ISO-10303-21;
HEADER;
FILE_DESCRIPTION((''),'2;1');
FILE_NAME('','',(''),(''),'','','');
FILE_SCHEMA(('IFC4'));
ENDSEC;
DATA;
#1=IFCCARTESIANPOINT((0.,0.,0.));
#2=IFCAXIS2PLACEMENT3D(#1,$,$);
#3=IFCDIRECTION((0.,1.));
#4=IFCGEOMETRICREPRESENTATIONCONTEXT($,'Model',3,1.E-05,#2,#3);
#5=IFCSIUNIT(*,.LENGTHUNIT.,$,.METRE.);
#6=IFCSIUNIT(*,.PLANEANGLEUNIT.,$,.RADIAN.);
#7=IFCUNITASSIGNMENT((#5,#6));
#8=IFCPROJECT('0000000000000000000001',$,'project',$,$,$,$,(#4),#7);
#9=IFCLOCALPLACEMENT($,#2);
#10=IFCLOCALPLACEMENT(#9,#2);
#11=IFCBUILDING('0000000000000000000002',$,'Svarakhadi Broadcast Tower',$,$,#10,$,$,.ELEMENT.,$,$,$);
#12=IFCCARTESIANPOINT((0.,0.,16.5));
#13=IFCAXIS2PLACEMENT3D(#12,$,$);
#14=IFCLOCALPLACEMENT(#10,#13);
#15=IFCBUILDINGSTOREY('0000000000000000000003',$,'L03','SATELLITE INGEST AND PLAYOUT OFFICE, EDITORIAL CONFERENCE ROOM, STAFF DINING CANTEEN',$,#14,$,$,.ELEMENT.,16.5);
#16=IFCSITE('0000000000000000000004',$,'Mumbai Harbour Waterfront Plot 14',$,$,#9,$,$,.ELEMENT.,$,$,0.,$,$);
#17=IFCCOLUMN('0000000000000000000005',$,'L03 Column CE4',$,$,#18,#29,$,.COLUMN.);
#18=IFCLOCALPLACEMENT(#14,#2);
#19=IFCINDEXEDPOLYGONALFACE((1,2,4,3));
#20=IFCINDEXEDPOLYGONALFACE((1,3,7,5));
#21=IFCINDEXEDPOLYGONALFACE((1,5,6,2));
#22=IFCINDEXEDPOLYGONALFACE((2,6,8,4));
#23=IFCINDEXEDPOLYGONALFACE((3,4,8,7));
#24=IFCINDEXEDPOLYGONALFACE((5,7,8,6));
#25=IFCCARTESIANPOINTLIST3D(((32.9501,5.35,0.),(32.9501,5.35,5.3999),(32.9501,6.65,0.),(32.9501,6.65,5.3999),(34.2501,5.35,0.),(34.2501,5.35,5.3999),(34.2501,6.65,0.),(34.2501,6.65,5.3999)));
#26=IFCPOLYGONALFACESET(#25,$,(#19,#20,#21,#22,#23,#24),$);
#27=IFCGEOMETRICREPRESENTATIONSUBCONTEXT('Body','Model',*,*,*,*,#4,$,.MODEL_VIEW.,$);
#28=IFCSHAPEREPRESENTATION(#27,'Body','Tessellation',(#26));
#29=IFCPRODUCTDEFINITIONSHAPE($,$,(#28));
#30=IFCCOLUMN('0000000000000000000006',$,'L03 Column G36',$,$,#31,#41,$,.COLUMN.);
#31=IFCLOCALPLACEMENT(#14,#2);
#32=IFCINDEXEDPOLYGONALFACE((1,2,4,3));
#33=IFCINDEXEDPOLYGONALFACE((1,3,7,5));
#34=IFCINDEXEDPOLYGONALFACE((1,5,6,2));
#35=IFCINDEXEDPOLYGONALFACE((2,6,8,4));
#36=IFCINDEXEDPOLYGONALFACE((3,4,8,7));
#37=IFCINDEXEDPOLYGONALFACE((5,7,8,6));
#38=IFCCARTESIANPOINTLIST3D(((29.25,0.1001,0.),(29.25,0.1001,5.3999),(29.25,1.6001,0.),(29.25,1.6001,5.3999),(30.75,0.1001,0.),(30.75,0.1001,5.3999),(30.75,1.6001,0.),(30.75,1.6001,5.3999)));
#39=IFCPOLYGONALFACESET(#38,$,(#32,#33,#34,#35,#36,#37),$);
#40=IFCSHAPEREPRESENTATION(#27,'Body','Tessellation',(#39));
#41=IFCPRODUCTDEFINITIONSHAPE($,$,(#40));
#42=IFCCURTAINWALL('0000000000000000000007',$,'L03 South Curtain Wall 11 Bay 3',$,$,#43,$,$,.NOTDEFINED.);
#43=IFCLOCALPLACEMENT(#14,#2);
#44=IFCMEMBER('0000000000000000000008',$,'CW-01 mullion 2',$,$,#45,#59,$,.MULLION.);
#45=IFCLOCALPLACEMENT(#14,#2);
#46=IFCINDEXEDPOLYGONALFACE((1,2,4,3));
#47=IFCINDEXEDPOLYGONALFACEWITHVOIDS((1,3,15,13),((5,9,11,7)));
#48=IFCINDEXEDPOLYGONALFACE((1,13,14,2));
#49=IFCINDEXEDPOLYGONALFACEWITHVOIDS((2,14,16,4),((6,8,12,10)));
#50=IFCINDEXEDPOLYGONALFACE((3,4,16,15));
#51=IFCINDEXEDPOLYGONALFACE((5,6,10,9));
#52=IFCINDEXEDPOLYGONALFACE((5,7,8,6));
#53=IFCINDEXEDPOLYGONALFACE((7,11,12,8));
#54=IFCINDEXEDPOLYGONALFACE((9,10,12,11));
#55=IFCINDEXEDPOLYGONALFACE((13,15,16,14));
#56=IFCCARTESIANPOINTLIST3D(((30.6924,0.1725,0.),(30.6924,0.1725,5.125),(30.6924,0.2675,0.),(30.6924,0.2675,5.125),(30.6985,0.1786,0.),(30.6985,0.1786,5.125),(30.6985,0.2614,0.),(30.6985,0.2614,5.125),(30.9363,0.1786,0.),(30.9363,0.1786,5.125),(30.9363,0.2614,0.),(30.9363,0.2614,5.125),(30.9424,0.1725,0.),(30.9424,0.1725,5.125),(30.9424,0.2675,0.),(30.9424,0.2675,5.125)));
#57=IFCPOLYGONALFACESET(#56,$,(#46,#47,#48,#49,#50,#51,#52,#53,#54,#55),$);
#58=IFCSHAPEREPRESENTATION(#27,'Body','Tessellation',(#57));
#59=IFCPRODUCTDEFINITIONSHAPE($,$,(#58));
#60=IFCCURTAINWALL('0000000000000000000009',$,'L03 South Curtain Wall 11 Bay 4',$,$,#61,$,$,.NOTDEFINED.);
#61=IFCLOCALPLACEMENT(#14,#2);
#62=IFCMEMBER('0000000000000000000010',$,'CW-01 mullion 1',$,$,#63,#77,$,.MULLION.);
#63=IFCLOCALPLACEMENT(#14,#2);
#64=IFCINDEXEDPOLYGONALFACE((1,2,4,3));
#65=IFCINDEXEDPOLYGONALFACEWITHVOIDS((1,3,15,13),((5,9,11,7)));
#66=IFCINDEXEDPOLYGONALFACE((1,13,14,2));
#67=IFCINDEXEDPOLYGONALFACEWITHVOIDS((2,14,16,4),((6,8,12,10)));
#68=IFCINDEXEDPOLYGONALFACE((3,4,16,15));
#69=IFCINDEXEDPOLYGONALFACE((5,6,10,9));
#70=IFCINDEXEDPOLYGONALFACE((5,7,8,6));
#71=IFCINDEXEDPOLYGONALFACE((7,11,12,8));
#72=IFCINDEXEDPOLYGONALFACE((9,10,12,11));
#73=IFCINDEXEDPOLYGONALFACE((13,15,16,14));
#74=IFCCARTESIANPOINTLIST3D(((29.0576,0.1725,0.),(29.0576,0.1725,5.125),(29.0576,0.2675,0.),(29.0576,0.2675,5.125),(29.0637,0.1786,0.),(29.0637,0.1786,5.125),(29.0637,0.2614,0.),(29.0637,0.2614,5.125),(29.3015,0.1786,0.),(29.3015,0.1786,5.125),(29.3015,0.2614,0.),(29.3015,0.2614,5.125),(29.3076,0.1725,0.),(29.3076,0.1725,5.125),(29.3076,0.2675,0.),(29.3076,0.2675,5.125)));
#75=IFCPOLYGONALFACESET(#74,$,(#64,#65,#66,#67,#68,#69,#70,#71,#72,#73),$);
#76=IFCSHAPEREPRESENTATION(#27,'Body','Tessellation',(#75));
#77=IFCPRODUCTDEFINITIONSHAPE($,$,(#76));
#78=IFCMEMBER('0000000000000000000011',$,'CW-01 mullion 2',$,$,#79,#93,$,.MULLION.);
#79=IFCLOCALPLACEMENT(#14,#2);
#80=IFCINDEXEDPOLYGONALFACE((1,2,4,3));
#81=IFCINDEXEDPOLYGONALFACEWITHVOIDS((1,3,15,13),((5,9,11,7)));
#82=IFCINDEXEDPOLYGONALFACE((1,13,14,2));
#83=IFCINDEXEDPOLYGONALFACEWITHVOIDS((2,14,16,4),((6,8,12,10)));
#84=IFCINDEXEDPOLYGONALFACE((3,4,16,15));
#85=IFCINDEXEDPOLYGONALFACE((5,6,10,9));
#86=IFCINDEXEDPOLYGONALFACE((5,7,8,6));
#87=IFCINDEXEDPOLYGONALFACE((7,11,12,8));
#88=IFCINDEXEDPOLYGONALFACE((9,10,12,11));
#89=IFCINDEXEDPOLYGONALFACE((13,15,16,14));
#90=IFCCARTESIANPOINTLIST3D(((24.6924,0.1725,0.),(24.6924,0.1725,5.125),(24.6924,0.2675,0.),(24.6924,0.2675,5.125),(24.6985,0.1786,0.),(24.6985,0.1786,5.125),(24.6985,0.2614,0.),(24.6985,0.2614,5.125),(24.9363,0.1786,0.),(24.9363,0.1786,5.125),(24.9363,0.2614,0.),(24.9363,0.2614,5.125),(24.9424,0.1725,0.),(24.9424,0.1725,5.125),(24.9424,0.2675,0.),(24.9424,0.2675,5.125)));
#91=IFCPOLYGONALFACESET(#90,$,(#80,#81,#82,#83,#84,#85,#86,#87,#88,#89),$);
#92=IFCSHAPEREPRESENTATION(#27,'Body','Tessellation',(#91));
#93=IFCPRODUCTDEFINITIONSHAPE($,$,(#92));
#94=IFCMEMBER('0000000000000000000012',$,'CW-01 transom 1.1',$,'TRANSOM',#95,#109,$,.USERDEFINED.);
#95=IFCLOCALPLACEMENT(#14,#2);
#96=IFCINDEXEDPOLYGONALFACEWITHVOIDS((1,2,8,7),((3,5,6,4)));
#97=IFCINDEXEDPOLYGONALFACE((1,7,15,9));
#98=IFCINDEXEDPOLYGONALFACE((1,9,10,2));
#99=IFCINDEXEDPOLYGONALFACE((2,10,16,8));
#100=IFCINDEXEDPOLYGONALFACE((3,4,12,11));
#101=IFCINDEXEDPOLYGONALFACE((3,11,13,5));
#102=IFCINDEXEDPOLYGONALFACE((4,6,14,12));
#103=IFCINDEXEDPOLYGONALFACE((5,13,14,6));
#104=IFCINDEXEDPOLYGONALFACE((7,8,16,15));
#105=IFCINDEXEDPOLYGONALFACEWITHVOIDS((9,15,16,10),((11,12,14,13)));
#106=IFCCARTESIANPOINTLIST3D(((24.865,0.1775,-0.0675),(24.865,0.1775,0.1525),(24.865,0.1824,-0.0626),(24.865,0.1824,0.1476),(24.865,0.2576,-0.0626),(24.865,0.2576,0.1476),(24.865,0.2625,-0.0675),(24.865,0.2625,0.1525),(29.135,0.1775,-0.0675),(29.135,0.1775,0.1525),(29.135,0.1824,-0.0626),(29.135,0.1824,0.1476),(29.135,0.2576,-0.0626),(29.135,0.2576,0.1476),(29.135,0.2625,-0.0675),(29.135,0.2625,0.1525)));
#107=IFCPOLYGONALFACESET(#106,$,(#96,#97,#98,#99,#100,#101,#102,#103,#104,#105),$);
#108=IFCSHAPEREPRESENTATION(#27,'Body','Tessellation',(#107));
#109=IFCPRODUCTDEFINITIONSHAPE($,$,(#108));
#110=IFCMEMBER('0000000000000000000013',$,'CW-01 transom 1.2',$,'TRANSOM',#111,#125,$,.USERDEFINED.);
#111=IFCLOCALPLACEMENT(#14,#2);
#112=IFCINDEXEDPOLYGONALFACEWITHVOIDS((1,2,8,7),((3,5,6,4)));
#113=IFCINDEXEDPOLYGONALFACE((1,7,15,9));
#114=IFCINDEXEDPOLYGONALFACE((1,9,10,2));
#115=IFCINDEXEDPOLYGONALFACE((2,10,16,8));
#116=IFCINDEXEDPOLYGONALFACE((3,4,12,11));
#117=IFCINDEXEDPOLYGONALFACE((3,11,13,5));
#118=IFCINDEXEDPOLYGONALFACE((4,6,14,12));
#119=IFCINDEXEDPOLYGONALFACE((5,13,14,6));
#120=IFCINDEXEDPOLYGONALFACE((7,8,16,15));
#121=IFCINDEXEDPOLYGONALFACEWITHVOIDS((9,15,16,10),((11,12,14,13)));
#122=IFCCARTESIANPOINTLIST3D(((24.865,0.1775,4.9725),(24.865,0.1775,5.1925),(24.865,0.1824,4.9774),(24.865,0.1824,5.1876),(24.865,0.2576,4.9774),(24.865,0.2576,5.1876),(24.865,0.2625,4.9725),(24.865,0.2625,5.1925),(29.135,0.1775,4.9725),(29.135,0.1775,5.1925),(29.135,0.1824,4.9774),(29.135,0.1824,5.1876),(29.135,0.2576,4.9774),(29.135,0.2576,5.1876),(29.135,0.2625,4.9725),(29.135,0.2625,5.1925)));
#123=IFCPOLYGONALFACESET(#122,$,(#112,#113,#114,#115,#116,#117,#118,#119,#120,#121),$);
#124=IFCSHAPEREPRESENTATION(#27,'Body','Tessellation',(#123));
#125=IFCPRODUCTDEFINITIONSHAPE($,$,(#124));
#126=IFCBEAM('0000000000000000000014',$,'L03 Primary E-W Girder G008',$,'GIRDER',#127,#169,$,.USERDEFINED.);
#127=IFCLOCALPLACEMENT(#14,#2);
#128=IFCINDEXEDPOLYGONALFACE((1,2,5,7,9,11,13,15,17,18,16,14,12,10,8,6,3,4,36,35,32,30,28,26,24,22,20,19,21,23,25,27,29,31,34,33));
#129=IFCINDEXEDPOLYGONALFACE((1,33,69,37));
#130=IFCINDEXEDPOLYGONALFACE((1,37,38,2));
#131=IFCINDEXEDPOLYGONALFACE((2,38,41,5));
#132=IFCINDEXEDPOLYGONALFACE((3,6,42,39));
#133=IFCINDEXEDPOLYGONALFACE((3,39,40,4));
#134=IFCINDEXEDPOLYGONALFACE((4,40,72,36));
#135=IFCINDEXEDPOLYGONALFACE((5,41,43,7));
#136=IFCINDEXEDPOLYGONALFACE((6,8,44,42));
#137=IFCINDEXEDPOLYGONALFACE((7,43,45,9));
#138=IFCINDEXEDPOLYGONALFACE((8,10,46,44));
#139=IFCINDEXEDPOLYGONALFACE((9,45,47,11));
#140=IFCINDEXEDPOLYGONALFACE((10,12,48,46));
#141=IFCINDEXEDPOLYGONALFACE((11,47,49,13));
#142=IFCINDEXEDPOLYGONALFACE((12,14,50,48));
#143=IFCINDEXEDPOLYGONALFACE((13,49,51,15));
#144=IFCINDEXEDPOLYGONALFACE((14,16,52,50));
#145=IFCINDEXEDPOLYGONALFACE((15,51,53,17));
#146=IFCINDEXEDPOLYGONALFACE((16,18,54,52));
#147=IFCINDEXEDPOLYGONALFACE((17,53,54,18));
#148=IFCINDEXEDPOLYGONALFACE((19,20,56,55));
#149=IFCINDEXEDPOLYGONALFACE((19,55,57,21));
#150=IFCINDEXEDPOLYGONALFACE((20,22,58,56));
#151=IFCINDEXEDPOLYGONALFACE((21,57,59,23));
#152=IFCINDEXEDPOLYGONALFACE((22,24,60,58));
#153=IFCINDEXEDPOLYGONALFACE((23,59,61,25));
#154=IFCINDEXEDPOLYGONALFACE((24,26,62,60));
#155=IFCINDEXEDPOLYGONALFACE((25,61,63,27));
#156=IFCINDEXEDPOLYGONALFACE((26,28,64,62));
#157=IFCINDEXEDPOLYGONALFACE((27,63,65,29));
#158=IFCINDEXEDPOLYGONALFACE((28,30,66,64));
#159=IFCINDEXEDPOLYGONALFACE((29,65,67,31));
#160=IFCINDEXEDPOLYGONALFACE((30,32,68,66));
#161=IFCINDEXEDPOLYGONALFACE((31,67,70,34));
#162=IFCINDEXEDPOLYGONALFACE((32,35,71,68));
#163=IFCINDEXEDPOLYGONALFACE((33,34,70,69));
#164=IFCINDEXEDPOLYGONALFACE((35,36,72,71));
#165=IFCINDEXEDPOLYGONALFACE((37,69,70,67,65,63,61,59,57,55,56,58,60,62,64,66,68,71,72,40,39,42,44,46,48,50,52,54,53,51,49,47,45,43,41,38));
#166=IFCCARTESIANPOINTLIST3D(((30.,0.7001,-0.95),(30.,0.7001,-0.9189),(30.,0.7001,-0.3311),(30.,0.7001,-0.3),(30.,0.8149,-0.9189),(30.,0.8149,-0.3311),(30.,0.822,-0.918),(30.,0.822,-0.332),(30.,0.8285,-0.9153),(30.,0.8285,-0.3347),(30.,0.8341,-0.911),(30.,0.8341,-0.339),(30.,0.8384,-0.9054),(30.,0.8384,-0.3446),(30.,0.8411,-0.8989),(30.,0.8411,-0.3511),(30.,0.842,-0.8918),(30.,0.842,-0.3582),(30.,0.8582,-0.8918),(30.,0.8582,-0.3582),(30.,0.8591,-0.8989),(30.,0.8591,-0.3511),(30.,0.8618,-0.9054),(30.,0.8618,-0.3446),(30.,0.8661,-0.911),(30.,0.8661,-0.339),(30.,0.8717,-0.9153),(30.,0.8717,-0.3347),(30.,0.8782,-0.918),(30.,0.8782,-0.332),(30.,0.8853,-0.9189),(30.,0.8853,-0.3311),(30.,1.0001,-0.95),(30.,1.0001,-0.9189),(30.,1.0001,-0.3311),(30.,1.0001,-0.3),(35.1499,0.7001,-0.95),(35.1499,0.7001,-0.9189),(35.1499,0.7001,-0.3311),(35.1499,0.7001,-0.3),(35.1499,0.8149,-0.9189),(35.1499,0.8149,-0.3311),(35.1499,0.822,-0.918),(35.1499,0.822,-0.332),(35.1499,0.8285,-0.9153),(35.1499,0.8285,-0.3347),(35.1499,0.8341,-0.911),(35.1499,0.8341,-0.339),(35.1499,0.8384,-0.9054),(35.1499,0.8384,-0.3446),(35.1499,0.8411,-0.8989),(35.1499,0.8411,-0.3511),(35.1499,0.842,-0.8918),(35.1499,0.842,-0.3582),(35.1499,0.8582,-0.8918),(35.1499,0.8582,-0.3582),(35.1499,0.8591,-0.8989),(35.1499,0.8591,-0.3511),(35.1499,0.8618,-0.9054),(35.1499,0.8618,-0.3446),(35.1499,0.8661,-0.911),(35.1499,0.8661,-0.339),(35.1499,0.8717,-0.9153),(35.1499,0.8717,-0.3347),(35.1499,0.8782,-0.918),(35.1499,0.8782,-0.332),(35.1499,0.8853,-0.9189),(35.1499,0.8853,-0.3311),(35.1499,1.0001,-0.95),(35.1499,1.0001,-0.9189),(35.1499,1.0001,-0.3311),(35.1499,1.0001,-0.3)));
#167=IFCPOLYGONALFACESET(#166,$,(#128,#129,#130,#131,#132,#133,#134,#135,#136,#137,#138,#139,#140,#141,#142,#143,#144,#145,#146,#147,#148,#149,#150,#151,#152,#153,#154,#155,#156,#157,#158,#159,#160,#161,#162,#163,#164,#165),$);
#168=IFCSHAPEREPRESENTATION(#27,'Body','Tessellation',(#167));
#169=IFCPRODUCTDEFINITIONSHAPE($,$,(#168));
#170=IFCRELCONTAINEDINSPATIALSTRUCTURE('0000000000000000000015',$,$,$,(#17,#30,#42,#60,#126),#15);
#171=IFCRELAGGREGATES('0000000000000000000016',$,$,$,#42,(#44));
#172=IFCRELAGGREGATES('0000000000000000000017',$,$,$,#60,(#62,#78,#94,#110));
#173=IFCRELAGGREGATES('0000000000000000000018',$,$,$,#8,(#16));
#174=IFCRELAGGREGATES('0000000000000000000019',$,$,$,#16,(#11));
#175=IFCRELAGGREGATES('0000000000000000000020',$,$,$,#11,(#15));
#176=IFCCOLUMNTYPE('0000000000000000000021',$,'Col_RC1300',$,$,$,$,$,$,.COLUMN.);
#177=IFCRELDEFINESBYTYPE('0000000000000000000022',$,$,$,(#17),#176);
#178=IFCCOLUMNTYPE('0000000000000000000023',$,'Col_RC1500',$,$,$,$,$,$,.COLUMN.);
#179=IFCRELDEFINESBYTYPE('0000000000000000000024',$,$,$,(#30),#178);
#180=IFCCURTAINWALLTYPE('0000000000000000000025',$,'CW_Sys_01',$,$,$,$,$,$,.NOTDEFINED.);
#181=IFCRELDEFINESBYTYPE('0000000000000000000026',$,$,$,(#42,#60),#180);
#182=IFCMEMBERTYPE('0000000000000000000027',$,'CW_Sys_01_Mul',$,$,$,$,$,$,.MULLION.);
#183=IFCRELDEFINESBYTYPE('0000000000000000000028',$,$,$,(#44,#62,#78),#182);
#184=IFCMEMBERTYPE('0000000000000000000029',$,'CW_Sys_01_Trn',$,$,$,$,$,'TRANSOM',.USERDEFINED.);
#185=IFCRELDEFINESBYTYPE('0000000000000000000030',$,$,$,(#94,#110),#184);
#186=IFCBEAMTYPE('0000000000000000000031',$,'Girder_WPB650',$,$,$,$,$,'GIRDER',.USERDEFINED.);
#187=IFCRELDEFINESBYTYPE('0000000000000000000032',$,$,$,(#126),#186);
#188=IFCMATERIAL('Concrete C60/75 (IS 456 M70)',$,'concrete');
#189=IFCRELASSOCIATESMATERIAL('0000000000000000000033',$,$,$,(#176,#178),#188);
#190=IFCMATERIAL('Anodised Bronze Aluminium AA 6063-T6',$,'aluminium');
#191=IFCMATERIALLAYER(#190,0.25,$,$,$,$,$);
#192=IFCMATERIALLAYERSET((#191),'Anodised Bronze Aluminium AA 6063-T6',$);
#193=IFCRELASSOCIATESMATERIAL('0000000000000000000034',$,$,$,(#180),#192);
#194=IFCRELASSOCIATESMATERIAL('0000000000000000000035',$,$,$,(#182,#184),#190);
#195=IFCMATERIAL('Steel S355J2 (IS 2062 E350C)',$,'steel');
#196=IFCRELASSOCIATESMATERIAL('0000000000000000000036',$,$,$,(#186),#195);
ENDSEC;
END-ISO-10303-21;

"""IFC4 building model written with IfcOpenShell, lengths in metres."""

from ifc_helpers import new_model, si_unit, direction, frame, origin, origin_2d, place, context, subcontext, project, spatial, rectangle, hollow_rectangle, i_section, extrude, material, layer, layer_set, material_profile, profile_set, type_object, element, aggregate, save


model = new_model("IFC4")

# Units and contexts
model_context = context("Model", 3, precision=1e-05, world=origin(), true_north=direction((0.0, 1.0)))
body_context = subcontext(model_context, "Body", "Model", "MODEL_VIEW")
ifc_project = project(units=[si_unit("LENGTHUNIT", "METRE"), si_unit("PLANEANGLEUNIT", "RADIAN")], contexts=[model_context])

# Site, building, storey
site_placement = place(None, origin())
site = spatial("IfcSite", under=ifc_project, at=site_placement, Name="Mumbai Harbour Waterfront Plot 14", CompositionType="ELEMENT", RefElevation=0.0)
building_placement = place(site_placement, origin())
building = spatial("IfcBuilding", under=site, at=building_placement, Name="Svarakhadi Broadcast Tower", CompositionType="ELEMENT")
storey_placement = place(building_placement, frame((0.0, 0.0, 16.5)))
storey = spatial("IfcBuildingStorey", under=building, at=storey_placement, Name="L03", Description="SATELLITE INGEST AND PLAYOUT OFFICE, EDITORIAL CONFERENCE ROOM, STAFF DINING CANTEEN", CompositionType="ELEMENT", Elevation=16.5)

# Columns
ifc_material_1 = material(Name="Concrete C60/75 (IS 456 M70)", Category="concrete")
ifc_material_profile_1 = material_profile(ifc_material_1, rectangle(XDim=1.3, YDim=1.3, at=origin_2d()), Name="RC 1300x1300")
ifc_profile_set_1 = profile_set([ifc_material_profile_1], Name="Concrete C60/75 (IS 456 M70)")
column_type_1 = type_object("IfcColumnType", Name="Col_RC1300", PredefinedType="COLUMN", material=ifc_profile_set_1)
column_1_placement = place(storey_placement, frame((33.6001, 6.0, 0.0), z_axis=(0.0, 0.0, 1.0), x_axis=(1.0, 0.0, 0.0)))
element("IfcColumn", 1, at=column_1_placement, inside=storey, type_object=column_type_1, Name="L03 Column CE4", PredefinedType="COLUMN", context=body_context, shape_type="SweptSolid", body=[
    extrude(rectangle(XDim=1.3, YDim=1.3, at=origin_2d()), origin(), (0.0, 0.0, 1.0), 5.3999),
])
ifc_material_profile_2 = material_profile(ifc_material_1, rectangle(XDim=1.5, YDim=1.5, at=origin_2d()), Name="RC 1500x1500")
ifc_profile_set_2 = profile_set([ifc_material_profile_2], Name="Concrete C60/75 (IS 456 M70)")
column_type_2 = type_object("IfcColumnType", Name="Col_RC1500", PredefinedType="COLUMN", material=ifc_profile_set_2)
column_2_placement = place(storey_placement, frame((30.0, 0.8501, 0.0), z_axis=(0.0, 0.0, 1.0), x_axis=(1.0, 0.0, 0.0)))
element("IfcColumn", 2, at=column_2_placement, inside=storey, type_object=column_type_2, Name="L03 Column G36", PredefinedType="COLUMN", context=body_context, shape_type="SweptSolid", body=[
    extrude(rectangle(XDim=1.5, YDim=1.5, at=origin_2d()), origin(), (0.0, 0.0, 1.0), 5.3999),
])

# Curtain wall, member
ifc_material_2 = material(Name="Anodised Bronze Aluminium AA 6063-T6", Category="aluminium")
ifc_layer_1 = layer(ifc_material_2, 0.25)
ifc_layer_set_1 = layer_set([ifc_layer_1], Name="Anodised Bronze Aluminium AA 6063-T6")
curtain_wall_type = type_object("IfcCurtainWallType", Name="CW_Sys_01", PredefinedType="NOTDEFINED", material=ifc_layer_set_1)
curtain_wall_1_placement = place(storey_placement, origin())
curtain_wall_1 = element("IfcCurtainWall", 3, at=curtain_wall_1_placement, inside=storey, type_object=curtain_wall_type, Name="L03 South Curtain Wall 11 Bay 3", PredefinedType="NOTDEFINED")
ifc_material_profile_3 = material_profile(ifc_material_2, hollow_rectangle(XDim=0.095, YDim=0.25, WallThickness=0.0061, at=origin_2d()), Name="ALU MULLION 250x95x6")
ifc_profile_set_3 = profile_set([ifc_material_profile_3], Name="Anodised Bronze Aluminium AA 6063-T6")
member_type_1 = type_object("IfcMemberType", Name="CW_Sys_01_Mul", PredefinedType="MULLION", material=ifc_profile_set_3)
member_1_placement = place(storey_placement, frame((30.8174, 0.22, 0.0), z_axis=(0.0, 0.0, 1.0), x_axis=(0.0, -1.0, 0.0)))
member_1 = element("IfcMember", 4, at=member_1_placement, type_object=member_type_1, Name="CW-01 mullion 2", PredefinedType="MULLION", context=body_context, shape_type="SweptSolid", body=[
    extrude(hollow_rectangle(XDim=0.095, YDim=0.25, WallThickness=0.0061, at=origin_2d()), origin(), (0.0, 0.0, 1.0), 5.125),
])

# Curtain wall, members
curtain_wall_2_placement = place(storey_placement, origin())
curtain_wall_2 = element("IfcCurtainWall", 5, at=curtain_wall_2_placement, inside=storey, type_object=curtain_wall_type, Name="L03 South Curtain Wall 11 Bay 4", PredefinedType="NOTDEFINED")
member_2_placement = place(storey_placement, frame((29.1826, 0.22, 0.0), z_axis=(0.0, 0.0, 1.0), x_axis=(0.0, -1.0, 0.0)))
member_2 = element("IfcMember", 6, at=member_2_placement, type_object=member_type_1, Name="CW-01 mullion 1", PredefinedType="MULLION", context=body_context, shape_type="SweptSolid", body=[
    extrude(hollow_rectangle(XDim=0.095, YDim=0.25, WallThickness=0.0061, at=origin_2d()), origin(), (0.0, 0.0, 1.0), 5.125),
])
member_3_placement = place(storey_placement, frame((24.8174, 0.22, 0.0), z_axis=(0.0, 0.0, 1.0), x_axis=(0.0, -1.0, 0.0)))
member_3 = element("IfcMember", 7, at=member_3_placement, type_object=member_type_1, Name="CW-01 mullion 2", PredefinedType="MULLION", context=body_context, shape_type="SweptSolid", body=[
    extrude(hollow_rectangle(XDim=0.095, YDim=0.25, WallThickness=0.0061, at=origin_2d()), origin(), (0.0, 0.0, 1.0), 5.125),
])
ifc_material_profile_4 = material_profile(ifc_material_2, hollow_rectangle(XDim=0.085, YDim=0.22, WallThickness=0.0049, at=origin_2d()), Name="ALU TRANSOM 220x85x5")
ifc_profile_set_4 = profile_set([ifc_material_profile_4], Name="Anodised Bronze Aluminium AA 6063-T6")
member_type_2 = type_object("IfcMemberType", Name="CW_Sys_01_Trn", ElementType="TRANSOM", PredefinedType="USERDEFINED", material=ifc_profile_set_4)
member_4_placement = place(storey_placement, frame((29.135, 0.22, 0.0425), z_axis=(-1.0, 0.0, 0.0), x_axis=(0.0, -1.0, 0.0)))
member_4 = element("IfcMember", 8, at=member_4_placement, type_object=member_type_2, Name="CW-01 transom 1.1", ObjectType="TRANSOM", PredefinedType="USERDEFINED", context=body_context, shape_type="SweptSolid", body=[
    extrude(hollow_rectangle(XDim=0.085, YDim=0.22, WallThickness=0.0049, at=origin_2d()), origin(), (0.0, 0.0, 1.0), 4.27),
])
member_5_placement = place(storey_placement, frame((29.135, 0.22, 5.0825), z_axis=(-1.0, 0.0, 0.0), x_axis=(0.0, -1.0, 0.0)))
member_5 = element("IfcMember", 9, at=member_5_placement, type_object=member_type_2, Name="CW-01 transom 1.2", ObjectType="TRANSOM", PredefinedType="USERDEFINED", context=body_context, shape_type="SweptSolid", body=[
    extrude(hollow_rectangle(XDim=0.085, YDim=0.22, WallThickness=0.0049, at=origin_2d()), origin(), (0.0, 0.0, 1.0), 4.27),
])

# Beam
ifc_material_3 = material(Name="Steel S355J2 (IS 2062 E350C)", Category="steel")
ifc_material_profile_5 = material_profile(ifc_material_3, i_section(OverallWidth=0.3, OverallDepth=0.6499, WebThickness=0.0161, FlangeThickness=0.031, FilletRadius=0.0271, at=origin_2d()), Name="WPB 650x300x225")
ifc_profile_set_5 = profile_set([ifc_material_profile_5], Name="Steel S355J2 (IS 2062 E350C)")
beam_type_1 = type_object("IfcBeamType", Name="Girder_WPB650", ElementType="GIRDER", PredefinedType="USERDEFINED", material=ifc_profile_set_5)
beam_1_placement = place(storey_placement, frame((30.0, 0.8501, -0.625), z_axis=(1.0, 0.0, 0.0), x_axis=(0.0, 1.0, 0.0)))
element("IfcBeam", 10, at=beam_1_placement, inside=storey, type_object=beam_type_1, Name="L03 Primary E-W Girder G008", ObjectType="GIRDER", PredefinedType="USERDEFINED", context=body_context, shape_type="SweptSolid", body=[
    extrude(i_section(OverallWidth=0.3, OverallDepth=0.6499, WebThickness=0.0161, FlangeThickness=0.031, FilletRadius=0.0271, at=origin_2d()), origin(), (0.0, 0.0, 1.0), 5.1499),
])

aggregate(curtain_wall_1, [member_1])
aggregate(curtain_wall_2, [member_2, member_3, member_4, member_5])

save(model, "model.ifc")
